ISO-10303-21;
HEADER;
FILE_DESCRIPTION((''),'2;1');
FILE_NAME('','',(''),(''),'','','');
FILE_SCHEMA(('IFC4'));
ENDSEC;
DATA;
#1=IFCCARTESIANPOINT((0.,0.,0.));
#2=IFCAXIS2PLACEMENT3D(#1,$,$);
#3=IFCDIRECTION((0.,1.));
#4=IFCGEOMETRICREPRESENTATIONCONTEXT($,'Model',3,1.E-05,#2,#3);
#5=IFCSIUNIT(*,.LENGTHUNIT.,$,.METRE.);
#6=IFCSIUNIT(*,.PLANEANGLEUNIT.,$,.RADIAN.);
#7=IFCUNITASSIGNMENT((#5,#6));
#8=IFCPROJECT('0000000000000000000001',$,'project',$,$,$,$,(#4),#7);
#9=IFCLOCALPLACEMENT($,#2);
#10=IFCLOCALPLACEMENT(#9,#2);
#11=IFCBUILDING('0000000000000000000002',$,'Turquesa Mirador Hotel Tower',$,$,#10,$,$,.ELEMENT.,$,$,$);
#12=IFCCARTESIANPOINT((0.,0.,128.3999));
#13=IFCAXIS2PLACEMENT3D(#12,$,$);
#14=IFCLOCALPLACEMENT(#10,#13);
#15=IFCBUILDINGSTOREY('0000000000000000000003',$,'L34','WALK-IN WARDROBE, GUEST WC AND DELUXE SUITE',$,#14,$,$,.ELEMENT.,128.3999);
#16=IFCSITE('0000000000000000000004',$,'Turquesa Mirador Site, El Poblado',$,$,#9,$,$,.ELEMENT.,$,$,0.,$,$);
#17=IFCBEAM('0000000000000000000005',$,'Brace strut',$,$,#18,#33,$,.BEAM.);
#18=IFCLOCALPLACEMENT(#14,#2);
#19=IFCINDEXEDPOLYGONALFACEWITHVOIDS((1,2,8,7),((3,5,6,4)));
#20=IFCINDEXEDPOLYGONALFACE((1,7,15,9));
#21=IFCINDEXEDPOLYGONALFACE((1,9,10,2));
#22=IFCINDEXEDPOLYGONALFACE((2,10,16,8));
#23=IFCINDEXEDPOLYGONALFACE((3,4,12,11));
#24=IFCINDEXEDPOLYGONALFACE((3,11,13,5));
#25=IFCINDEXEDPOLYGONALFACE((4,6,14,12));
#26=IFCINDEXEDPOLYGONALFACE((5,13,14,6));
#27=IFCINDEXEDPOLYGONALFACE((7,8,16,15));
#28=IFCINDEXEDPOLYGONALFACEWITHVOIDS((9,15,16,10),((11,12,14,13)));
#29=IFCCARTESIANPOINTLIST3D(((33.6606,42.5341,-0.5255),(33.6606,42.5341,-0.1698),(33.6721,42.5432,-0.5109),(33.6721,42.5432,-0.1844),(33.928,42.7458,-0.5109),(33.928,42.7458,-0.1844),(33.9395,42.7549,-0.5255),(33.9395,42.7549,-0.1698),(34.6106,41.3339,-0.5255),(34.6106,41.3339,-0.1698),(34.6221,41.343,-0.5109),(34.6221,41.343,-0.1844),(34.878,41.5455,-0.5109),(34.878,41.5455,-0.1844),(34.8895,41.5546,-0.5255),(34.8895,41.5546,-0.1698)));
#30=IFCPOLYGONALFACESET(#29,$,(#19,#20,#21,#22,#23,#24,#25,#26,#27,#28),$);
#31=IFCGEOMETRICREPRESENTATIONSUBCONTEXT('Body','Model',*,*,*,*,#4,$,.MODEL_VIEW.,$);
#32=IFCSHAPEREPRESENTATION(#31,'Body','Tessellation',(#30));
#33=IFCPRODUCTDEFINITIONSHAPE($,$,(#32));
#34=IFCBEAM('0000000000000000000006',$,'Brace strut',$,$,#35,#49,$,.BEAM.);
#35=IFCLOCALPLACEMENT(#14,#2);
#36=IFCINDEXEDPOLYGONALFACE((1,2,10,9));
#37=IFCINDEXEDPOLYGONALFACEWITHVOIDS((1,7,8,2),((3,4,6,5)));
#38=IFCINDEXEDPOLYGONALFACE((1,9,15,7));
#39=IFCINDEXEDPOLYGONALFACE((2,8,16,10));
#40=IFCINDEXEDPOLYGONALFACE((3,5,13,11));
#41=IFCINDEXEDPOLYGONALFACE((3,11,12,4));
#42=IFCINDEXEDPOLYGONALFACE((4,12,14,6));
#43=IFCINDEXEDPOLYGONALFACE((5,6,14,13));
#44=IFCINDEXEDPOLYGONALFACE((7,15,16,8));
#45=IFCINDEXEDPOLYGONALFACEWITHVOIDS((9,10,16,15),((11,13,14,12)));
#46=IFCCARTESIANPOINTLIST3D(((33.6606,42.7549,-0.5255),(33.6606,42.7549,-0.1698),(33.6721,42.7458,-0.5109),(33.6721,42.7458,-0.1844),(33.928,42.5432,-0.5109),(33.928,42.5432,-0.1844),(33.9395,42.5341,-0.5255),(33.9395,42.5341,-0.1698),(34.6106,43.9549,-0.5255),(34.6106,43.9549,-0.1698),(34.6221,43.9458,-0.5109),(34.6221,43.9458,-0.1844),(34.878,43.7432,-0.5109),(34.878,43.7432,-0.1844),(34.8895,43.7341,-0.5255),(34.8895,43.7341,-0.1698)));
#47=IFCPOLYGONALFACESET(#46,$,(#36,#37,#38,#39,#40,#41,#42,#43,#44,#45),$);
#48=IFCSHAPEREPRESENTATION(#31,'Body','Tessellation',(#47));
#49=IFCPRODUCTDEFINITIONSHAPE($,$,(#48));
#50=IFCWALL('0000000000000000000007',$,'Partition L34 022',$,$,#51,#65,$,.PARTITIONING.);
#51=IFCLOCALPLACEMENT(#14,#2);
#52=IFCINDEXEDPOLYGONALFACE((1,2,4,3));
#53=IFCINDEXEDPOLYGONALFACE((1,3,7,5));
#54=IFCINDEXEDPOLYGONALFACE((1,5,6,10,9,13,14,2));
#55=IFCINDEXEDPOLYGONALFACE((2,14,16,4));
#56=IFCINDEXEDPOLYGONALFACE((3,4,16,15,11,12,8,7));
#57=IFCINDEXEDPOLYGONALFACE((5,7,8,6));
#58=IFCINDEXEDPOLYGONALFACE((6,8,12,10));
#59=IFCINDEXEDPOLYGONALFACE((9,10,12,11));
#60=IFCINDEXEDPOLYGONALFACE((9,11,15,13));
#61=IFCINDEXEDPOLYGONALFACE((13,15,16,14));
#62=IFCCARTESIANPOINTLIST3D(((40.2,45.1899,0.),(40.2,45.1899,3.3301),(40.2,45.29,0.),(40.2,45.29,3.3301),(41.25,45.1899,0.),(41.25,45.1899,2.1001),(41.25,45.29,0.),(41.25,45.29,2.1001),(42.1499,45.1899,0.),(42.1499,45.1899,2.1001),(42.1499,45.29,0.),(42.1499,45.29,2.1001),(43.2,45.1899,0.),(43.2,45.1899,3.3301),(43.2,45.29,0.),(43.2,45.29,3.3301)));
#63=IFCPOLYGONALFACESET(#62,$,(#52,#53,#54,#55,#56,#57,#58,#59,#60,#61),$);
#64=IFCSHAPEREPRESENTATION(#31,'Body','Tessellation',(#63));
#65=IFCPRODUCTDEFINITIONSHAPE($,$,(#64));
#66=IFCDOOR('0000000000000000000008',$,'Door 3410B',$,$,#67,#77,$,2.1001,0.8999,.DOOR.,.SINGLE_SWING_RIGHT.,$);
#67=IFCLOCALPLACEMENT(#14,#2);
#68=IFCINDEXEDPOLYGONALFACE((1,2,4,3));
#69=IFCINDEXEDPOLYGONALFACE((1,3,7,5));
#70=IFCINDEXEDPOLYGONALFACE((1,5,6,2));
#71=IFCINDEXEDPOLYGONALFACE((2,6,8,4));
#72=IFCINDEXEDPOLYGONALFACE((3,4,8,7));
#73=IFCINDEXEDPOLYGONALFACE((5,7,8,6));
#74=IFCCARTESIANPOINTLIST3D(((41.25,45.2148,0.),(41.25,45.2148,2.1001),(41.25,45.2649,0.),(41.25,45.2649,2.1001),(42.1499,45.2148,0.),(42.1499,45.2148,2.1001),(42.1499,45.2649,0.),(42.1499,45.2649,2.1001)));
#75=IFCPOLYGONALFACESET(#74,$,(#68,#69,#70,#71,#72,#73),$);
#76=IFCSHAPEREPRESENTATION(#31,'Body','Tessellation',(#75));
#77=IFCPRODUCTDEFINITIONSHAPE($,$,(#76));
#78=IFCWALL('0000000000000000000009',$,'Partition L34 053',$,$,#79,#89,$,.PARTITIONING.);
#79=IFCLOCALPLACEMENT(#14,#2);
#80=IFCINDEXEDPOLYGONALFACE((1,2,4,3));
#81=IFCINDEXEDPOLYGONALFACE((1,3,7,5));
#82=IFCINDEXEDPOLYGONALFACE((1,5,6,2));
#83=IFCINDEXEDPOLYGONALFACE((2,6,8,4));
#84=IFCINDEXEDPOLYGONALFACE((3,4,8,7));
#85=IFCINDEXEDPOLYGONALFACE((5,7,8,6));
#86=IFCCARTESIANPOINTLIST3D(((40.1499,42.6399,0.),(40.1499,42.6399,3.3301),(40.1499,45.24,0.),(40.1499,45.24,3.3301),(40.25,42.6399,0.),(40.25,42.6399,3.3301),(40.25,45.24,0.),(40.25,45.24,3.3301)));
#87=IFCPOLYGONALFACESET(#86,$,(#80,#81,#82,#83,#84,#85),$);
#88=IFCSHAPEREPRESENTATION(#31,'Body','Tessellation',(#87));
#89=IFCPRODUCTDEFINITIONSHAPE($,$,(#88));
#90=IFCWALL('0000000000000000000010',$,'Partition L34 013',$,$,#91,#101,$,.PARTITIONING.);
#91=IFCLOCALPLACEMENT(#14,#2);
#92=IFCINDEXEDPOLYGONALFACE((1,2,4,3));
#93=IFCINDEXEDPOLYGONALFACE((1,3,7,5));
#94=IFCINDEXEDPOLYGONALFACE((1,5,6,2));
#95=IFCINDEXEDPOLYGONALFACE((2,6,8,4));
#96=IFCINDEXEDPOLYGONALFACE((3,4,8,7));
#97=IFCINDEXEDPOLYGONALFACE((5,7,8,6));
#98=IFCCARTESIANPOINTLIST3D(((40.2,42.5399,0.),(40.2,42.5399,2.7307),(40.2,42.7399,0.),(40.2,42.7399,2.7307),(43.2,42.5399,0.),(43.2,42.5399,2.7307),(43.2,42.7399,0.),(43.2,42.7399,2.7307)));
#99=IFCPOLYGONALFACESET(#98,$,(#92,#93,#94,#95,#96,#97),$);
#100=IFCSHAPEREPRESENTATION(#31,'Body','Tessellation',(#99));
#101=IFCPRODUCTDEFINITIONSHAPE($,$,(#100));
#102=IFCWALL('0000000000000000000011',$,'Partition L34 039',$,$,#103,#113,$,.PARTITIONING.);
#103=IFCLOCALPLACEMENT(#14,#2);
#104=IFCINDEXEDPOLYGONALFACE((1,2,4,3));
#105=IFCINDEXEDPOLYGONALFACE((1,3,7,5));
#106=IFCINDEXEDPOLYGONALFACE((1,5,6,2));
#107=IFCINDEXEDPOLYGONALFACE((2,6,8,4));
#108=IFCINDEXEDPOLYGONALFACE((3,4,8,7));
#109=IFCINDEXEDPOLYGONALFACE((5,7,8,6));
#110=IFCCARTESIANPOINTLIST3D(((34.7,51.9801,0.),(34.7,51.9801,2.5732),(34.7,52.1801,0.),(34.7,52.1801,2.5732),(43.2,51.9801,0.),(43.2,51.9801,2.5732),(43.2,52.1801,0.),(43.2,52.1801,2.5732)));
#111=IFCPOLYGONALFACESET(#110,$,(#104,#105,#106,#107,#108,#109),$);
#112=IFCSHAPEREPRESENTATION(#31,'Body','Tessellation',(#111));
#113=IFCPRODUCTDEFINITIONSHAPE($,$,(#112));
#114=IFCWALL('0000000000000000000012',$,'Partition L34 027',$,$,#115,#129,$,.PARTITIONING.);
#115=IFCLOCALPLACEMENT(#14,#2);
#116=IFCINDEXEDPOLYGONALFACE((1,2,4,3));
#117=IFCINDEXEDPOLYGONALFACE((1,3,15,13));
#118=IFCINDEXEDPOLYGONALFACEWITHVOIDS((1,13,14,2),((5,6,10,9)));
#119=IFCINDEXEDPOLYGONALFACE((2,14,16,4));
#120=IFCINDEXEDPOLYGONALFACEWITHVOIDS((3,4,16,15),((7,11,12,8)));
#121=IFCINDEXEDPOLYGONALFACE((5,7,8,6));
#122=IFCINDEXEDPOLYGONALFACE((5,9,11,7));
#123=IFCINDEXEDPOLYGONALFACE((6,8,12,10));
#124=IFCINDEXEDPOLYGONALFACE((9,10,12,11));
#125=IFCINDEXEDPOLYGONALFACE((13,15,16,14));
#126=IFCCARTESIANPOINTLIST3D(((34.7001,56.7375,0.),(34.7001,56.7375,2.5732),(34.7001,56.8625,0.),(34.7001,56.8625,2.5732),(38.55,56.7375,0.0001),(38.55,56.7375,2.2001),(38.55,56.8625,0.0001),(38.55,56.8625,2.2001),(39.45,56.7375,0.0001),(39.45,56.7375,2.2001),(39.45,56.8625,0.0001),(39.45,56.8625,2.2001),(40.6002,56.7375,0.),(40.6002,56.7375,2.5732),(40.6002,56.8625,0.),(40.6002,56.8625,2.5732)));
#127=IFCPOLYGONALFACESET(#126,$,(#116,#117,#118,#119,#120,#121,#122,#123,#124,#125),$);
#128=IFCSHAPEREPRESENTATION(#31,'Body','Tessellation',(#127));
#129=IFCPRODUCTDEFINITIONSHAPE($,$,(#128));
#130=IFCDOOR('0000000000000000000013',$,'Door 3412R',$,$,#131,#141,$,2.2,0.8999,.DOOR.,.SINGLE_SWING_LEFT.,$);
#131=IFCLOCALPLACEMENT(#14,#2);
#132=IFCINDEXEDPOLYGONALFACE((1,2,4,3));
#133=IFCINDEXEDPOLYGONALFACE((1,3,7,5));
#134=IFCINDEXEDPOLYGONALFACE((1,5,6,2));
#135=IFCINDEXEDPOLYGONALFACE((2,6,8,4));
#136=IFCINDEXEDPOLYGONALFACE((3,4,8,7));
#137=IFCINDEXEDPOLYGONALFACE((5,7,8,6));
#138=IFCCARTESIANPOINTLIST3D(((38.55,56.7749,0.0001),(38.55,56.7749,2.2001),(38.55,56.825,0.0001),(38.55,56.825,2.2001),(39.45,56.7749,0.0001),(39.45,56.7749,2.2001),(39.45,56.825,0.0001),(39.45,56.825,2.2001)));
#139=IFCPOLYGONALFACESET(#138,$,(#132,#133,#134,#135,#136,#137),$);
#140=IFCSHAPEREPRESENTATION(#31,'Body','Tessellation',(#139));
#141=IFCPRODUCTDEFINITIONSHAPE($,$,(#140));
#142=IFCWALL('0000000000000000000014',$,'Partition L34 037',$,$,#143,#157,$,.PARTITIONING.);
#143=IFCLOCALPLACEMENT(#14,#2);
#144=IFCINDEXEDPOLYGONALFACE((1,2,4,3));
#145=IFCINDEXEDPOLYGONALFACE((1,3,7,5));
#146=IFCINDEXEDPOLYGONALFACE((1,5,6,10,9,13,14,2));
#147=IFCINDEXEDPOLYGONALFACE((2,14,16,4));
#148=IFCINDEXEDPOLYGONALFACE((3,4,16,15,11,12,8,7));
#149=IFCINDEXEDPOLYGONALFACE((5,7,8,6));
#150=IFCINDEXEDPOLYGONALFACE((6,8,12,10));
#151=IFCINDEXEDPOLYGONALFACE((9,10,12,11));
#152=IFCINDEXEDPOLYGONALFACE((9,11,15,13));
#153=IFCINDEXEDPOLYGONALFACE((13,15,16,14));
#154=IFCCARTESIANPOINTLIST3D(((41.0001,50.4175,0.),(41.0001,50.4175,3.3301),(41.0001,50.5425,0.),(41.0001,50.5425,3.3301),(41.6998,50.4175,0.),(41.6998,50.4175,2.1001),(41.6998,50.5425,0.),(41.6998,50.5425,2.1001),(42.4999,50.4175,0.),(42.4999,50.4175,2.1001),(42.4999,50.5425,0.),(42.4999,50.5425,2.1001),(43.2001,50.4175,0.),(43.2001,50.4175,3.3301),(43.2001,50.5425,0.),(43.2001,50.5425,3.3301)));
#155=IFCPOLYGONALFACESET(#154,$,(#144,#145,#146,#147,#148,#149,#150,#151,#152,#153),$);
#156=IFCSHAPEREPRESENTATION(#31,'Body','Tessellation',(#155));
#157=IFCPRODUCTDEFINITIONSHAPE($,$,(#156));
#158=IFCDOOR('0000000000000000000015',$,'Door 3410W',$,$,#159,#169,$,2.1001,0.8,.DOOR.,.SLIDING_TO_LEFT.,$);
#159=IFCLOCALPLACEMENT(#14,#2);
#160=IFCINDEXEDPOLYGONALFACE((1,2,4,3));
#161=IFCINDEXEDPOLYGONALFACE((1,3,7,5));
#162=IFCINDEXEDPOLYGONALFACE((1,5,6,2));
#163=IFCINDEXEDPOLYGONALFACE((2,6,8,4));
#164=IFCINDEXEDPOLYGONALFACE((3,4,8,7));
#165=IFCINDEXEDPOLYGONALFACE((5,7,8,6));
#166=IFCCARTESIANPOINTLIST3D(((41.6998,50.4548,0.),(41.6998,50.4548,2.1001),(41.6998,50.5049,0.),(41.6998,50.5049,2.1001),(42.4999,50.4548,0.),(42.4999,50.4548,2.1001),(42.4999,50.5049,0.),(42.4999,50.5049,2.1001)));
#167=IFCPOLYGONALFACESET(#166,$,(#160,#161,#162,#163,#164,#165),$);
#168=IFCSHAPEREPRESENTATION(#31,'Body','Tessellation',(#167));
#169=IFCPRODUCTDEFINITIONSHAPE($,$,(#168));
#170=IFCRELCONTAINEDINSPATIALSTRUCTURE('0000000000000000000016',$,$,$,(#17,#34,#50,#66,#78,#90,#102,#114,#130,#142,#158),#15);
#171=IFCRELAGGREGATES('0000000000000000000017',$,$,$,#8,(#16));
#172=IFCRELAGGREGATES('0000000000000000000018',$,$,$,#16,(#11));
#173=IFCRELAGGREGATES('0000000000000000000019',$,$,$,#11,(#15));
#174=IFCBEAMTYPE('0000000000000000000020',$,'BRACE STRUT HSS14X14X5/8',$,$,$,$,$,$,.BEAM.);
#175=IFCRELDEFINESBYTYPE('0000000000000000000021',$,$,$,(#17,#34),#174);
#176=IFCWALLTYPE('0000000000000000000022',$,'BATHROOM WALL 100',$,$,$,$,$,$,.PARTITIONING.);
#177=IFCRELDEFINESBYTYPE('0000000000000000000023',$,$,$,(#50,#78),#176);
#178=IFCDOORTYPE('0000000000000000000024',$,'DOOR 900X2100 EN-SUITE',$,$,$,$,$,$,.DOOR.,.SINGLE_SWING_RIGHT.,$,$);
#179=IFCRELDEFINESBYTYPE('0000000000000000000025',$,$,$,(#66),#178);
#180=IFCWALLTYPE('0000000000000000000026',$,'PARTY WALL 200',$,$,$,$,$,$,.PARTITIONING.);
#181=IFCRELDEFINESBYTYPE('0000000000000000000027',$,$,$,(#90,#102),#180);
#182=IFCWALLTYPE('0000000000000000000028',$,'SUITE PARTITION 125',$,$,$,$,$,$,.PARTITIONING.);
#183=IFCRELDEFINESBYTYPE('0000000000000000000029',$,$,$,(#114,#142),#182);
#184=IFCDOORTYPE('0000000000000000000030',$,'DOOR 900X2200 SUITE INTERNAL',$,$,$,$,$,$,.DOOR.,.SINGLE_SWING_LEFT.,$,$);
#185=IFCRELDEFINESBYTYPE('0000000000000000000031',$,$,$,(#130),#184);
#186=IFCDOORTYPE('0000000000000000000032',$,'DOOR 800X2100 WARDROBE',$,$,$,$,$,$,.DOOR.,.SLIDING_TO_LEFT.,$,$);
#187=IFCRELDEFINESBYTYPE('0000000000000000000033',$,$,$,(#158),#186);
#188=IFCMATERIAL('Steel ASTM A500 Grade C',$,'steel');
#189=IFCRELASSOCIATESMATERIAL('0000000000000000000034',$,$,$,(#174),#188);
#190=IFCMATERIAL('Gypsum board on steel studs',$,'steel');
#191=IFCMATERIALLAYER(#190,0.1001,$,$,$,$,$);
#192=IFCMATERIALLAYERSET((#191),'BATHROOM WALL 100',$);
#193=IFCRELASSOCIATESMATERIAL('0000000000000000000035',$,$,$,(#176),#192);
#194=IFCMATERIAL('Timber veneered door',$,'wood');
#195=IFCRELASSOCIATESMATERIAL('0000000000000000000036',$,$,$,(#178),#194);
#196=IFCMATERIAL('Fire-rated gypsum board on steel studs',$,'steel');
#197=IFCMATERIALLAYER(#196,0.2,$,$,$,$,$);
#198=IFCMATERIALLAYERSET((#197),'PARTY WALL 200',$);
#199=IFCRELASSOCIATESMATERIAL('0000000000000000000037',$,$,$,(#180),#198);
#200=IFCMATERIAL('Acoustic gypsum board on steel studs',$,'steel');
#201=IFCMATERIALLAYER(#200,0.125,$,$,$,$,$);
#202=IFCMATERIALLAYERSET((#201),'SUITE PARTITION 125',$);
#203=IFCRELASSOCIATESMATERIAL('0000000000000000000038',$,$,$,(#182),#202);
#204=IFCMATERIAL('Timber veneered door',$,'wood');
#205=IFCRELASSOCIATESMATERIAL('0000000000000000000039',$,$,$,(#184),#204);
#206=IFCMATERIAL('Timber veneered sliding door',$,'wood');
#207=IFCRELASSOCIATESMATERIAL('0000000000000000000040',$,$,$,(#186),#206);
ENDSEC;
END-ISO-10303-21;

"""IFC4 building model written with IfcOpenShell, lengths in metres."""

from ifc_helpers import new_model, si_unit, direction, frame, frame_2d, origin, origin_2d, place, context, subcontext, project, spatial, rectangle, hollow_rectangle, extrude, material, layer, layer_set, material_profile, profile_set, type_object, element, fill, save


model = new_model("IFC4")

# Units and contexts
model_context = context("Model", 3, precision=1e-05, world=origin(), true_north=direction((0.0, 1.0)))
body_context = subcontext(model_context, "Body", "Model", "MODEL_VIEW")
ifc_project = project(units=[si_unit("LENGTHUNIT", "METRE"), si_unit("PLANEANGLEUNIT", "RADIAN")], contexts=[model_context])

# Site, building, storey
site_placement = place(None, origin())
site = spatial("IfcSite", under=ifc_project, at=site_placement, Name="Turquesa Mirador Site, El Poblado", CompositionType="ELEMENT", RefElevation=0.0)
building_placement = place(site_placement, origin())
building = spatial("IfcBuilding", under=site, at=building_placement, Name="Turquesa Mirador Hotel Tower", CompositionType="ELEMENT")
storey_placement = place(building_placement, frame((0.0, 0.0, 128.3999)))
storey = spatial("IfcBuildingStorey", under=building, at=storey_placement, Name="L34", Description="WALK-IN WARDROBE, GUEST WC AND DELUXE SUITE", CompositionType="ELEMENT", Elevation=128.3999)

# Beams
ifc_material_1 = material(Name="Steel ASTM A500 Grade C", Category="steel")
ifc_material_profile_1 = material_profile(ifc_material_1, hollow_rectangle(XDim=0.3557, YDim=0.3557, WallThickness=0.0146, at=origin_2d()), Name="HSS14X14X5/8")
ifc_profile_set_1 = profile_set([ifc_material_profile_1], Name="Steel ASTM A500 Grade C")
beam_type_1 = type_object("IfcBeamType", Name="BRACE STRUT HSS14X14X5/8", PredefinedType="BEAM", material=ifc_profile_set_1)
for number, where, z_axis, x_axis, name in (
    (1, (33.8, 42.6445, -0.3477), (0.620621, -0.784111, 0.0), (0.784111, 0.620621, 0.0), "Brace strut"),
):
    element("IfcBeam", number, at=place(storey_placement, frame(where, z_axis=z_axis, x_axis=x_axis)), inside=storey, type_object=beam_type_1, Name=name, PredefinedType="BEAM", context=body_context, shape_type="SweptSolid", body=[
        extrude(hollow_rectangle(XDim=0.3557, YDim=0.3557, WallThickness=0.0146, at=origin_2d()), origin(), (0.0, 0.0, 1.0), 1.5308),
    ])
beam_1_placement = place(storey_placement, frame((33.8, 42.6445, -0.3477), z_axis=(0.620699, 0.784049, 0.0), x_axis=(-0.784049, 0.620699, 0.0)))
element("IfcBeam", 2, at=beam_1_placement, inside=storey, type_object=beam_type_1, Name="Brace strut", PredefinedType="BEAM", context=body_context, shape_type="SweptSolid", body=[
    extrude(hollow_rectangle(XDim=0.3557, YDim=0.3557, WallThickness=0.0146, at=origin_2d()), origin(), (0.0, 0.0, 1.0), 1.5305),
])

# Wall, opening, door
ifc_material_2 = material(Name="Gypsum board on steel studs", Category="steel")
ifc_layer_1 = layer(ifc_material_2, 0.1001)
ifc_layer_set_1 = layer_set([ifc_layer_1], Name="BATHROOM WALL 100")
wall_type_1 = type_object("IfcWallType", Name="BATHROOM WALL 100", PredefinedType="PARTITIONING", material=ifc_layer_set_1)
wall_1_placement = place(storey_placement, frame((40.2, 45.24, 0.0), z_axis=(0.0, 0.0, 1.0), x_axis=(1.0, 0.0, 0.0)))
wall_1 = element("IfcWall", 3, at=wall_1_placement, inside=storey, type_object=wall_type_1, Name="Partition L34 022", PredefinedType="PARTITIONING", context=body_context, shape_type="SweptSolid", body=[
    extrude(rectangle(XDim=3.0, YDim=0.1001, at=frame_2d((1.5, 0.0))), origin(), (0.0, 0.0, 1.0), 3.3301),
])
opening_1_placement = place(wall_1_placement, frame((1.05, 0.0, 0.0)))
opening_1 = element("IfcOpeningElement", 4, at=opening_1_placement, cuts=wall_1, PredefinedType="OPENING", context=body_context, shape_type="SweptSolid", body=[
    extrude(rectangle(XDim=0.8999, YDim=2.1001, at=frame_2d((0.45, 1.05))), frame((0.0, 0.0601, 0.0), z_axis=(0.0, -1.0, 0.0), x_axis=(1.0, 0.0, 0.0)), (0.0, 0.0, 1.0), 0.1201),
])
ifc_material_3 = material(Name="Timber veneered door", Category="wood")
door_type_1 = type_object("IfcDoorType", Name="DOOR 900X2100 EN-SUITE", OperationType="SINGLE_SWING_RIGHT", PredefinedType="DOOR", material=ifc_material_3)
door_1_placement = place(opening_1_placement, origin())
door_1 = element("IfcDoor", 5, at=door_1_placement, inside=storey, type_object=door_type_1, Name="Door 3410B", OperationType="SINGLE_SWING_RIGHT", OverallHeight=2.1001, OverallWidth=0.8999, PredefinedType="DOOR", context=body_context, shape_type="SweptSolid", body=[
    extrude(rectangle(XDim=0.8999, YDim=2.1001, at=frame_2d((0.45, 1.05))), frame((0.0, 0.0249, 0.0), z_axis=(0.0, -1.0, 0.0), x_axis=(1.0, 0.0, 0.0)), (0.0, 0.0, 1.0), 0.05),
])
fill(opening_1, door_1)

# Walls
wall_2_placement = place(storey_placement, frame((40.2, 42.6399, 0.0), z_axis=(0.0, 0.0, 1.0), x_axis=(0.0, 1.0, 0.0)))
element("IfcWall", 6, at=wall_2_placement, inside=storey, type_object=wall_type_1, Name="Partition L34 053", PredefinedType="PARTITIONING", context=body_context, shape_type="SweptSolid", body=[
    extrude(rectangle(XDim=2.6001, YDim=0.1001, at=frame_2d((1.3, 0.0))), origin(), (0.0, 0.0, 1.0), 3.3301),
])
ifc_material_4 = material(Name="Fire-rated gypsum board on steel studs", Category="steel")
ifc_layer_2 = layer(ifc_material_4, 0.2)
ifc_layer_set_2 = layer_set([ifc_layer_2], Name="PARTY WALL 200")
wall_type_2 = type_object("IfcWallType", Name="PARTY WALL 200", PredefinedType="PARTITIONING", material=ifc_layer_set_2)
wall_3_placement = place(storey_placement, frame((40.2, 42.6399, 0.0), z_axis=(0.0, 0.0, 1.0), x_axis=(1.0, 0.0, 0.0)))
element("IfcWall", 7, at=wall_3_placement, inside=storey, type_object=wall_type_2, Name="Partition L34 013", PredefinedType="PARTITIONING", context=body_context, shape_type="SweptSolid", body=[
    extrude(rectangle(XDim=3.0, YDim=0.2, at=frame_2d((1.5, 0.0))), origin(), (0.0, 0.0, 1.0), 2.7307),
])
wall_4_placement = place(storey_placement, frame((34.7, 52.0801, 0.0), z_axis=(0.0, 0.0, 1.0), x_axis=(1.0, 0.0, 0.0)))
element("IfcWall", 8, at=wall_4_placement, inside=storey, type_object=wall_type_2, Name="Partition L34 039", PredefinedType="PARTITIONING", context=body_context, shape_type="SweptSolid", body=[
    extrude(rectangle(XDim=8.5, YDim=0.2, at=frame_2d((4.25, 0.0))), origin(), (0.0, 0.0, 1.0), 2.5732),
])

# Walls, openings, doors
ifc_material_5 = material(Name="Acoustic gypsum board on steel studs", Category="steel")
ifc_layer_3 = layer(ifc_material_5, 0.125)
ifc_layer_set_3 = layer_set([ifc_layer_3], Name="SUITE PARTITION 125")
wall_type_3 = type_object("IfcWallType", Name="SUITE PARTITION 125", PredefinedType="PARTITIONING", material=ifc_layer_set_3)
wall_5_placement = place(storey_placement, frame((34.7, 56.8, 0.0), z_axis=(0.0, 0.0, 1.0), x_axis=(1.0, 0.0, 0.0)))
wall_5 = element("IfcWall", 9, at=wall_5_placement, inside=storey, type_object=wall_type_3, Name="Partition L34 027", PredefinedType="PARTITIONING", context=body_context, shape_type="SweptSolid", body=[
    extrude(rectangle(XDim=5.9001, YDim=0.125, at=frame_2d((2.9502, 0.0))), origin(), (0.0, 0.0, 1.0), 2.5732),
])
opening_2_placement = place(wall_5_placement, frame((3.8501, 0.0, 0.0)))
opening_2 = element("IfcOpeningElement", 10, at=opening_2_placement, cuts=wall_5, PredefinedType="OPENING", context=body_context, shape_type="SweptSolid", body=[
    extrude(rectangle(XDim=0.8999, YDim=2.2, at=frame_2d((0.45, 1.1001))), frame((0.0, 0.0725, 0.0), z_axis=(0.0, -1.0, 0.0), x_axis=(1.0, 0.0, 0.0)), (0.0, 0.0, 1.0), 0.145),
])
ifc_material_6 = material(Name="Timber veneered door", Category="wood")
door_type_2 = type_object("IfcDoorType", Name="DOOR 900X2200 SUITE INTERNAL", OperationType="SINGLE_SWING_LEFT", PredefinedType="DOOR", material=ifc_material_6)
door_2_placement = place(opening_2_placement, origin())
door_2 = element("IfcDoor", 11, at=door_2_placement, inside=storey, type_object=door_type_2, Name="Door 3412R", OperationType="SINGLE_SWING_LEFT", OverallHeight=2.2, OverallWidth=0.8999, PredefinedType="DOOR", context=body_context, shape_type="SweptSolid", body=[
    extrude(rectangle(XDim=0.8999, YDim=2.2, at=frame_2d((0.45, 1.1001))), frame((0.0, 0.0249, 0.0), z_axis=(0.0, -1.0, 0.0), x_axis=(1.0, 0.0, 0.0)), (0.0, 0.0, 1.0), 0.05),
])
fill(opening_2, door_2)
wall_6_placement = place(storey_placement, frame((41.0, 50.48, 0.0), z_axis=(0.0, 0.0, 1.0), x_axis=(1.0, 0.0, 0.0)))
wall_6 = element("IfcWall", 12, at=wall_6_placement, inside=storey, type_object=wall_type_3, Name="Partition L34 037", PredefinedType="PARTITIONING", context=body_context, shape_type="SweptSolid", body=[
    extrude(rectangle(XDim=2.2, YDim=0.125, at=frame_2d((1.1001, 0.0))), origin(), (0.0, 0.0, 1.0), 3.3301),
])
opening_3_placement = place(wall_6_placement, frame((0.7, 0.0, 0.0)))
opening_3 = element("IfcOpeningElement", 13, at=opening_3_placement, cuts=wall_6, PredefinedType="OPENING", context=body_context, shape_type="SweptSolid", body=[
    extrude(rectangle(XDim=0.8, YDim=2.1001, at=frame_2d((0.3999, 1.05))), frame((0.0, 0.0725, 0.0), z_axis=(0.0, -1.0, 0.0), x_axis=(1.0, 0.0, 0.0)), (0.0, 0.0, 1.0), 0.145),
])
ifc_material_7 = material(Name="Timber veneered sliding door", Category="wood")
door_type_3 = type_object("IfcDoorType", Name="DOOR 800X2100 WARDROBE", OperationType="SLIDING_TO_LEFT", PredefinedType="DOOR", material=ifc_material_7)
door_3_placement = place(opening_3_placement, origin())
door_3 = element("IfcDoor", 14, at=door_3_placement, inside=storey, type_object=door_type_3, Name="Door 3410W", OperationType="SLIDING_TO_LEFT", OverallHeight=2.1001, OverallWidth=0.8, PredefinedType="DOOR", context=body_context, shape_type="SweptSolid", body=[
    extrude(rectangle(XDim=0.8, YDim=2.1001, at=frame_2d((0.3999, 1.05))), frame((0.0, 0.0249, 0.0), z_axis=(0.0, -1.0, 0.0), x_axis=(1.0, 0.0, 0.0)), (0.0, 0.0, 1.0), 0.05),
])
fill(opening_3, door_3)

save(model, "model.ifc")
